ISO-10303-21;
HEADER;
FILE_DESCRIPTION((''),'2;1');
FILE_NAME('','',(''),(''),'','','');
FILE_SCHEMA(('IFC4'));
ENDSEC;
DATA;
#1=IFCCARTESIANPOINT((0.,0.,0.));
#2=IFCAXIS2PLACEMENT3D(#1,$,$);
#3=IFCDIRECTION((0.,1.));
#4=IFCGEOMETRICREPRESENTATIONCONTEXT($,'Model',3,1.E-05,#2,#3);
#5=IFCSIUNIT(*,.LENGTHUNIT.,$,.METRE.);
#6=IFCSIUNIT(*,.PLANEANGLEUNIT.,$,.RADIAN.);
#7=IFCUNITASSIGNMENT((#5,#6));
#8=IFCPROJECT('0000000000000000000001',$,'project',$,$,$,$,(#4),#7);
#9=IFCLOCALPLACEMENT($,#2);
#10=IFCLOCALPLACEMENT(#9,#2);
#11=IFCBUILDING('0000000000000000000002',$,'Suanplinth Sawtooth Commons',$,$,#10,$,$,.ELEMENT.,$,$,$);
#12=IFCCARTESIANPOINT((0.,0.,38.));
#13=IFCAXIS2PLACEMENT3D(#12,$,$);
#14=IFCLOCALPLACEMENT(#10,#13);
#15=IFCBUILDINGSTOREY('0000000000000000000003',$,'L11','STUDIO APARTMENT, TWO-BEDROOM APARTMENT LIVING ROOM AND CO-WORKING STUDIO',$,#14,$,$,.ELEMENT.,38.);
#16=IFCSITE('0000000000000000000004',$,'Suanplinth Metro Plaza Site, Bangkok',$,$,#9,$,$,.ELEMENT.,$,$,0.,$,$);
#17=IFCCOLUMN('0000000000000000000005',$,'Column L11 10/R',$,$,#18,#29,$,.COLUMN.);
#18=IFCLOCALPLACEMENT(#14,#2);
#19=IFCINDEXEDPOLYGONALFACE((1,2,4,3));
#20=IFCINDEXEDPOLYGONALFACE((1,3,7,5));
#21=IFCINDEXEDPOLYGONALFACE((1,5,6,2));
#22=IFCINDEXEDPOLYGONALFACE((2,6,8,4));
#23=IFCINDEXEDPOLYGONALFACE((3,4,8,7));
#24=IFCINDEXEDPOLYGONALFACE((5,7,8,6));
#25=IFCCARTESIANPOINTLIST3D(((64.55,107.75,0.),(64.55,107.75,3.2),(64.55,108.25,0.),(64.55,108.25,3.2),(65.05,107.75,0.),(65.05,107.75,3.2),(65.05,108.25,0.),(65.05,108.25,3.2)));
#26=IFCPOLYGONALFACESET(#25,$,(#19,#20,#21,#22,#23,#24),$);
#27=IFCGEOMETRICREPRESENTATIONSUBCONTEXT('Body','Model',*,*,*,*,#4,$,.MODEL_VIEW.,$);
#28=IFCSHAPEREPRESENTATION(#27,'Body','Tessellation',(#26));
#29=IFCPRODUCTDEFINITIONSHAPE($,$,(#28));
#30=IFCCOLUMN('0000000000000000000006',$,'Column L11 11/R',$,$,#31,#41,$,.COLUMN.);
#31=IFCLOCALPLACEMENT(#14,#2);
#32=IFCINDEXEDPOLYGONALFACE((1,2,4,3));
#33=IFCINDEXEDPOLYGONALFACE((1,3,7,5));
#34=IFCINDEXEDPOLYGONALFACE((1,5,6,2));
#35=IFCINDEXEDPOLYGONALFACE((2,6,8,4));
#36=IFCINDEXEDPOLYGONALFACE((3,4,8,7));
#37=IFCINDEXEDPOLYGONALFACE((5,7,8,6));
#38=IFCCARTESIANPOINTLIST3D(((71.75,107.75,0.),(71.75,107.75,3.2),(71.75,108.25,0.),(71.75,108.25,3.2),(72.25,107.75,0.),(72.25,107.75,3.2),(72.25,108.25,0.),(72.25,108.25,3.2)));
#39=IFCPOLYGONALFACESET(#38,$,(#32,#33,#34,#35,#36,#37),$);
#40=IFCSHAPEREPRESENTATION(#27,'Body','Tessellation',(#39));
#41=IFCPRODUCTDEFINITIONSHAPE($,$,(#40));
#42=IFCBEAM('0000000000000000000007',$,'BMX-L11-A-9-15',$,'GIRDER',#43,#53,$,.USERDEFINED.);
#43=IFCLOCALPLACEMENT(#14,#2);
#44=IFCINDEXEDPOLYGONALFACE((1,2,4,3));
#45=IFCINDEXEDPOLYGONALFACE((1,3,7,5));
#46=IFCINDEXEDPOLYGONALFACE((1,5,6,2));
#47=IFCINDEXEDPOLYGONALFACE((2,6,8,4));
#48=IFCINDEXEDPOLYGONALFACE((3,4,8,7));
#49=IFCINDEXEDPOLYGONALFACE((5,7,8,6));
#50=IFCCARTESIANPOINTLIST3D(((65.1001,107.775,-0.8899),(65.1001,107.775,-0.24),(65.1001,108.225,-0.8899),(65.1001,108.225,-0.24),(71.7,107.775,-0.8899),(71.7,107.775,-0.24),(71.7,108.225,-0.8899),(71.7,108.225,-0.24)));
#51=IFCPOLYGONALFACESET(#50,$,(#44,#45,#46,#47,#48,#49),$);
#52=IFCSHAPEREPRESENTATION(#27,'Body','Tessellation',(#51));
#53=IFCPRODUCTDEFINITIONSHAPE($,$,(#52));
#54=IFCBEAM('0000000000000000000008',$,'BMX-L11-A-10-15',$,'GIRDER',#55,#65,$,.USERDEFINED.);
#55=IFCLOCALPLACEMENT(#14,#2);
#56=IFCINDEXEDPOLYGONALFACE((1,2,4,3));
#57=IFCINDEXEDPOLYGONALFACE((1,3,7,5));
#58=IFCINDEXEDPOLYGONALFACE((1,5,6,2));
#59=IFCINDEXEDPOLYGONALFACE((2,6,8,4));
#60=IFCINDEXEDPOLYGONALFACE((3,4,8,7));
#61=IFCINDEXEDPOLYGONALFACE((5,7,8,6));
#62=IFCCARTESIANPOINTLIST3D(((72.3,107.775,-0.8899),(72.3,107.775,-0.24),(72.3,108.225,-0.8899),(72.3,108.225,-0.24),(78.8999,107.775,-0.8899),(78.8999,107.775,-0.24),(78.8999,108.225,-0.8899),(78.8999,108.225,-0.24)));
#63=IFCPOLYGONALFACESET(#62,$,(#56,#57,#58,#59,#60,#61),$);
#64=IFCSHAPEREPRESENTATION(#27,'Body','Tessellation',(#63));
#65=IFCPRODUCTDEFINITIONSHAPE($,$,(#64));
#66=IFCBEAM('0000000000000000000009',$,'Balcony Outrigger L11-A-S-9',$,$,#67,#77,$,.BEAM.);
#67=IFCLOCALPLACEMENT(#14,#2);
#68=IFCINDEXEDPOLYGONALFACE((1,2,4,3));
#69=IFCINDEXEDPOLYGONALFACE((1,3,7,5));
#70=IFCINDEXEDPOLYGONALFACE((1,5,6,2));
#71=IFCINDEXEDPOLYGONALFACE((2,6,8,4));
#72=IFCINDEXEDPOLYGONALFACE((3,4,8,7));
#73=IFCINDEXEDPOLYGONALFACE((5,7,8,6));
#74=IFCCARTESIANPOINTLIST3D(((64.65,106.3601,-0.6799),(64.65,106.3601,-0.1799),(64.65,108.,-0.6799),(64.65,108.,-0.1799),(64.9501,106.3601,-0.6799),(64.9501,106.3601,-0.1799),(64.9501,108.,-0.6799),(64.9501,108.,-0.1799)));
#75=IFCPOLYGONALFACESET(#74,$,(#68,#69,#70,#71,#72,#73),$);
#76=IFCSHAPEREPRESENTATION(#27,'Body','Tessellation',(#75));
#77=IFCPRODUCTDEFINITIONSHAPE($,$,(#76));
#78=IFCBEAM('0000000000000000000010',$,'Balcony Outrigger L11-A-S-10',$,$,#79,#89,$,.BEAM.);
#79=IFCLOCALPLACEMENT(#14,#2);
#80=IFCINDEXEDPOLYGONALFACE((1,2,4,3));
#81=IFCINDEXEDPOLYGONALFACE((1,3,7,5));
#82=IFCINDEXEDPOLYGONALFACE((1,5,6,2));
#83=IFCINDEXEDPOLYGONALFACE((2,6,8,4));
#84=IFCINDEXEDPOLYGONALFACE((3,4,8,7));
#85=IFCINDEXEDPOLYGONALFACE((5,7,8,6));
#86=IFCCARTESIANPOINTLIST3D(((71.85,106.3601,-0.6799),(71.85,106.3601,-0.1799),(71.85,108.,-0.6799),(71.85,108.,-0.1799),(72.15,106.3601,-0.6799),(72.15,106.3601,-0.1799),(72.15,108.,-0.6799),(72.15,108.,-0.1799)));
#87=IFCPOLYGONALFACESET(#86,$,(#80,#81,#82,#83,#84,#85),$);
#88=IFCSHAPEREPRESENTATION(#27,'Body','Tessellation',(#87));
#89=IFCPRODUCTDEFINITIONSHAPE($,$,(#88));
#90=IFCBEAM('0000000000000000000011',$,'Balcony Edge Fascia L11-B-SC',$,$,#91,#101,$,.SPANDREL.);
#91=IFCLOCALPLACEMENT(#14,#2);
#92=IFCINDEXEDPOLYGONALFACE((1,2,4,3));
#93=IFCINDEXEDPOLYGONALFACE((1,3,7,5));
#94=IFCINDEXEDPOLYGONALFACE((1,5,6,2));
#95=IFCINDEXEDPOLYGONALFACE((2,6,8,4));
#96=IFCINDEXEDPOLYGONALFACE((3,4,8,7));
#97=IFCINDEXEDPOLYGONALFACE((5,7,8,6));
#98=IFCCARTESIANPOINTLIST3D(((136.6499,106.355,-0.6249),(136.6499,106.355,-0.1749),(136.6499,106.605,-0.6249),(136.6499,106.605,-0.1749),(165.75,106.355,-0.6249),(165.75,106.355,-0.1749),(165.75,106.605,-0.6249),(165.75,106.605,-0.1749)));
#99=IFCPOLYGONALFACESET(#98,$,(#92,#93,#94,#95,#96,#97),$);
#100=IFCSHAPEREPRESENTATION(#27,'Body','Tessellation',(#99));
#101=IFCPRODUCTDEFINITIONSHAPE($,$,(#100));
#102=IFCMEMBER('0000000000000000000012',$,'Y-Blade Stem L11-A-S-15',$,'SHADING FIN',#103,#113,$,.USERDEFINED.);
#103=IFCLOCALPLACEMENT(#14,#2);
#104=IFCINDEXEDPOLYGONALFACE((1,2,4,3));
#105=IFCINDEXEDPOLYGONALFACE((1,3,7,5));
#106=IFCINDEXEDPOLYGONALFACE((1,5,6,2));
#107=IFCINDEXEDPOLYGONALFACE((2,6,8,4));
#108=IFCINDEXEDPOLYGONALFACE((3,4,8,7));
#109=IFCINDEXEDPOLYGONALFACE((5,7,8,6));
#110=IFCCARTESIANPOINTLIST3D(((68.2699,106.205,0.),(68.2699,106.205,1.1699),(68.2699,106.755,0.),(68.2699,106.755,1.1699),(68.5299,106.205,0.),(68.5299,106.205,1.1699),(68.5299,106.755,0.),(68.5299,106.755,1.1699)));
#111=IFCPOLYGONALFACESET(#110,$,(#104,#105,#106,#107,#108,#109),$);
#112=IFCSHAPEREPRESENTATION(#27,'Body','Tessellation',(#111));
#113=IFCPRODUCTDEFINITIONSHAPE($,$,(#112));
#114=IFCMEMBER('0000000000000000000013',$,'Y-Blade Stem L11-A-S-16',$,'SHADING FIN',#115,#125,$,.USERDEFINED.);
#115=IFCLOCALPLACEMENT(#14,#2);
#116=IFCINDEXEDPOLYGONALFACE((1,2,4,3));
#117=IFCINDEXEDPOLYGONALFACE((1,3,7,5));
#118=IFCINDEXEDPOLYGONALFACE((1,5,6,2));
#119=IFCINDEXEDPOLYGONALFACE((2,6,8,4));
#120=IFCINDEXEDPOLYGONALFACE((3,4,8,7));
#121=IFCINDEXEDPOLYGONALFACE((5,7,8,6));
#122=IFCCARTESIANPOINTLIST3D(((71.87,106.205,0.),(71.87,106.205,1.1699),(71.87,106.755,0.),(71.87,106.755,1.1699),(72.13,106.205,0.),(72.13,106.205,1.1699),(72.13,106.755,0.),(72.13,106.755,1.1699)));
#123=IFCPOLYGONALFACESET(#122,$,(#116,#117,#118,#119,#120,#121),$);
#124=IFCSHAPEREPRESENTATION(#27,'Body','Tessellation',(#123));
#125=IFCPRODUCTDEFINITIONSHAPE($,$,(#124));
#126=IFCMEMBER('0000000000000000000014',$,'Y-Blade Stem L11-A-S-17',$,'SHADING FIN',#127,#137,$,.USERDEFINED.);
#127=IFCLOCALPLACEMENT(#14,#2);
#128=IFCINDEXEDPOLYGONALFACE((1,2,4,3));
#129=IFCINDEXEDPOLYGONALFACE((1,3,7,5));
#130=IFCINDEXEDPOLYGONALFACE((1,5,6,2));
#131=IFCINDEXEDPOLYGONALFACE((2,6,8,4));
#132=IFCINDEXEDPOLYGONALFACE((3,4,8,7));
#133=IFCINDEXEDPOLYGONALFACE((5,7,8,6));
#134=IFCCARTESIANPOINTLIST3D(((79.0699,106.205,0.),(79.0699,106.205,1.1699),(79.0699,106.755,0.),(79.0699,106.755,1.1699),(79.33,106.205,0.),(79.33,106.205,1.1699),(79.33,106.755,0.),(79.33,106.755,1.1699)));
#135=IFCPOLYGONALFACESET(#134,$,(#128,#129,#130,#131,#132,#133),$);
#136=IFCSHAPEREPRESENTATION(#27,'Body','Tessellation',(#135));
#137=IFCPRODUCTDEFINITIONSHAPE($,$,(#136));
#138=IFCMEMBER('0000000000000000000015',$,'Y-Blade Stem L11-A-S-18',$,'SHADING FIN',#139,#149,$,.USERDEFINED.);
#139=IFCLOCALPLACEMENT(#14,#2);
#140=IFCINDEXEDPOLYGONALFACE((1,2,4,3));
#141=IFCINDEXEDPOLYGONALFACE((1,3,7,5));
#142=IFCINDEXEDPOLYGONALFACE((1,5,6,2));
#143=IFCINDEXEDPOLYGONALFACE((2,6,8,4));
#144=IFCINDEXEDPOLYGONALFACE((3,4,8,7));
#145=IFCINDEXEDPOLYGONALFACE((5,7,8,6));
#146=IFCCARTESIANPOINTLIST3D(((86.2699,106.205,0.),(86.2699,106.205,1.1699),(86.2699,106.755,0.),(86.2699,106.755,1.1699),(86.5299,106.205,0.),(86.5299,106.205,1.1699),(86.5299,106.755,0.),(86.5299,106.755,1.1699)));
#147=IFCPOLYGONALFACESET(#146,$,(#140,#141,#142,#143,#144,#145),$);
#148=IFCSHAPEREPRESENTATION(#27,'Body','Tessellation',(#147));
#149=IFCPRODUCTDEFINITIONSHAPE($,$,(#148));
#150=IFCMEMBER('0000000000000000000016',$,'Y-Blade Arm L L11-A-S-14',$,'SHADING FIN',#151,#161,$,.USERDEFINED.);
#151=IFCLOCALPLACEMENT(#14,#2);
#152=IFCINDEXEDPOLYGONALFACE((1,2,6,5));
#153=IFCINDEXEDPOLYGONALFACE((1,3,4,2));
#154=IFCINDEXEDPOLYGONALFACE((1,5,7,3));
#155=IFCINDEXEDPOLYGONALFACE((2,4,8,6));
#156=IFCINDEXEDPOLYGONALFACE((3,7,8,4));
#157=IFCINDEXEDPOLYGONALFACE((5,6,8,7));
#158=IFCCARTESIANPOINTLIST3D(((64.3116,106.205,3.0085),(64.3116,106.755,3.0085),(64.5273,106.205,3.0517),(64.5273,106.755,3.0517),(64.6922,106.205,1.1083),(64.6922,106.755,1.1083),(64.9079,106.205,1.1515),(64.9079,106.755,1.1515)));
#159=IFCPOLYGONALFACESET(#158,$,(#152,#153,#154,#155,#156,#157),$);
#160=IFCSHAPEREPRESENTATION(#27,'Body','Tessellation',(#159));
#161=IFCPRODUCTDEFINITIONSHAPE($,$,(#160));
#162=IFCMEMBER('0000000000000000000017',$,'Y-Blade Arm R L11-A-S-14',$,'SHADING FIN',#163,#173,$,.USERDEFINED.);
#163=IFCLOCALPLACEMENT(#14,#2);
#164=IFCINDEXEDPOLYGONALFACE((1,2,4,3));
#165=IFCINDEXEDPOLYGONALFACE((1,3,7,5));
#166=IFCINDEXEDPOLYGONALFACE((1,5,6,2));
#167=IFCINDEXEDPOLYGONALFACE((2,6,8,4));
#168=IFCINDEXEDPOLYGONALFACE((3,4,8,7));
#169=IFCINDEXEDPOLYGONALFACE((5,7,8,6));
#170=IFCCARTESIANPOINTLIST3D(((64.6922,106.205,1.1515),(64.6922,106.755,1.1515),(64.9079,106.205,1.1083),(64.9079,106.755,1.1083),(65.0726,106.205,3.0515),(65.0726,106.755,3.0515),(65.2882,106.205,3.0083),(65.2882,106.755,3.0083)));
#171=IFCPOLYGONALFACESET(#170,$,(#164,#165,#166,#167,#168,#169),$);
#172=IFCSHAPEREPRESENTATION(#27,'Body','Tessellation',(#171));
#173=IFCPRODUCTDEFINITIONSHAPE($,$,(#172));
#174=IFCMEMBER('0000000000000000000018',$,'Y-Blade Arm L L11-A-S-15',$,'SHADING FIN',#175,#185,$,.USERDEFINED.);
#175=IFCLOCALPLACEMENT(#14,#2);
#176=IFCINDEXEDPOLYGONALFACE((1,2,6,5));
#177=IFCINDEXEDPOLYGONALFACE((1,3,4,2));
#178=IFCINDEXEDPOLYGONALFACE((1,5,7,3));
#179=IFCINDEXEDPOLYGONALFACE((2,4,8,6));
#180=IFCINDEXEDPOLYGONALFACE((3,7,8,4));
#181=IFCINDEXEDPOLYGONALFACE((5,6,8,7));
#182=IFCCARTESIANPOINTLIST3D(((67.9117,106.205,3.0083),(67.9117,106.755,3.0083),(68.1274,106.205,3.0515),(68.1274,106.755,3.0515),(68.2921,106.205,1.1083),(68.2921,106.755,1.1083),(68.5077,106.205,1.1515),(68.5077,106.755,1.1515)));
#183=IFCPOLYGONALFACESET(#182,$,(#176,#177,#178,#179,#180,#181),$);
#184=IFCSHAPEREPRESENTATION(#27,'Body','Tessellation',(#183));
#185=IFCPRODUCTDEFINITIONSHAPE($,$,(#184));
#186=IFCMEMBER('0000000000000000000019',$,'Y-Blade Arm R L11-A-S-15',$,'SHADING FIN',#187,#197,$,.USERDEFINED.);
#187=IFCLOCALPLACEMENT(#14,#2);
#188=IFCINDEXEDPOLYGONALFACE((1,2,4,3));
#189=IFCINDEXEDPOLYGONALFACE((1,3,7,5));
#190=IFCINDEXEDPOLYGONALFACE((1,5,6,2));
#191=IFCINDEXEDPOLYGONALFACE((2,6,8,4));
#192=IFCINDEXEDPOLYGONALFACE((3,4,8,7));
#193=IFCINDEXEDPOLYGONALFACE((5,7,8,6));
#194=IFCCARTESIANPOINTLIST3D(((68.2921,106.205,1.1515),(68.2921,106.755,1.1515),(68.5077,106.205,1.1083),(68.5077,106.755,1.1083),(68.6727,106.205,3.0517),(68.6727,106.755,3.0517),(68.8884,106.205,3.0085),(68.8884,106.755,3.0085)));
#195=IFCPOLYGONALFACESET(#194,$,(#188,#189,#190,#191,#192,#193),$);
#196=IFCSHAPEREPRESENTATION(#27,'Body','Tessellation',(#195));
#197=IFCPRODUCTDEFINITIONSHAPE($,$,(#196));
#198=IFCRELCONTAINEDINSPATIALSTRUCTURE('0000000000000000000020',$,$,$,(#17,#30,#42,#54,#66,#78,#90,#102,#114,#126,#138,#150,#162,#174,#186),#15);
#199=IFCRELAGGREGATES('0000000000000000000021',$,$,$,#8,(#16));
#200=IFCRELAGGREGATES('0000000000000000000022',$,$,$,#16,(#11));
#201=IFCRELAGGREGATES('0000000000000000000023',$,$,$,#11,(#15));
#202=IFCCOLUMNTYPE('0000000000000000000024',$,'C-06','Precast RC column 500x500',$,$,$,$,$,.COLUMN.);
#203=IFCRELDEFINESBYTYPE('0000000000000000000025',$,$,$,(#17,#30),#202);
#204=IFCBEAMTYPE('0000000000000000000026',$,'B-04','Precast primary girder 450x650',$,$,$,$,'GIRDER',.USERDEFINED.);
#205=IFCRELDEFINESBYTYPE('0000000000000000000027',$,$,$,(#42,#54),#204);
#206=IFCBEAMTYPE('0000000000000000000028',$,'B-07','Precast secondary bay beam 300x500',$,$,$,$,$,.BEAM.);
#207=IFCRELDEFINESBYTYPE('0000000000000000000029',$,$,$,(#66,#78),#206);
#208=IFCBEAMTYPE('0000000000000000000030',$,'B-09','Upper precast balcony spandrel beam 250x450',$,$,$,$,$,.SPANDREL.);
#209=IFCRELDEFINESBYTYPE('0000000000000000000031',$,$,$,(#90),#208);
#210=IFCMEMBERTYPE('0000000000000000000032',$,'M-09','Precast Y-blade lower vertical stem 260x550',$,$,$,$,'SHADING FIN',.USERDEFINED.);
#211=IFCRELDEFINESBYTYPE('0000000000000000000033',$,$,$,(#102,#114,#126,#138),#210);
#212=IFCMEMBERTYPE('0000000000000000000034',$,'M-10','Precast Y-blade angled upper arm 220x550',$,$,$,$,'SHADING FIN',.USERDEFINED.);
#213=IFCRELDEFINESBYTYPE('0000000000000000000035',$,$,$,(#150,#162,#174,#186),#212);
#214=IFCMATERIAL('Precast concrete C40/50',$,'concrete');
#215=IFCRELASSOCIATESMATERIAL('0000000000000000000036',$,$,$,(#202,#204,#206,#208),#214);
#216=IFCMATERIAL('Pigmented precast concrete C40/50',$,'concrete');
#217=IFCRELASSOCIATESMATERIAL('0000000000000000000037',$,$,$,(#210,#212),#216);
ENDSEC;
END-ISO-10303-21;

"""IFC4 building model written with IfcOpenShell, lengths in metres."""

from ifc_helpers import new_model, si_unit, direction, frame, origin, origin_2d, place, context, subcontext, project, spatial, rectangle, extrude, material, material_profile, profile_set, type_object, element, save


model = new_model("IFC4")

# Units and contexts
model_context = context("Model", 3, precision=1e-05, world=origin(), true_north=direction((0.0, 1.0)))
body_context = subcontext(model_context, "Body", "Model", "MODEL_VIEW")
ifc_project = project(units=[si_unit("LENGTHUNIT", "METRE"), si_unit("PLANEANGLEUNIT", "RADIAN")], contexts=[model_context])

# Site, building, storey
site_placement = place(None, origin())
site = spatial("IfcSite", under=ifc_project, at=site_placement, Name="Suanplinth Metro Plaza Site, Bangkok", CompositionType="ELEMENT", RefElevation=0.0)
building_placement = place(site_placement, origin())
building = spatial("IfcBuilding", under=site, at=building_placement, Name="Suanplinth Sawtooth Commons", CompositionType="ELEMENT")
storey_placement = place(building_placement, frame((0.0, 0.0, 38.0)))
storey = spatial("IfcBuildingStorey", under=building, at=storey_placement, Name="L11", Description="STUDIO APARTMENT, TWO-BEDROOM APARTMENT LIVING ROOM AND CO-WORKING STUDIO", CompositionType="ELEMENT", Elevation=38.0)

# Columns
ifc_material_1 = material(Name="Precast concrete C40/50", Category="concrete")
ifc_material_profile_1 = material_profile(ifc_material_1, rectangle(XDim=0.5, YDim=0.5, at=origin_2d()), Name="PC-COL 500x500")
ifc_profile_set_1 = profile_set([ifc_material_profile_1], Name="Precast concrete C40/50")
column_type = type_object("IfcColumnType", Name="C-06", Description="Precast RC column 500x500", PredefinedType="COLUMN", material=ifc_profile_set_1)
for number, where, z_axis, x_axis, name in (
    (1, (64.8, 108.0, 0.0), (0.0, 0.0, 1.0), (1.0, 0.0, 0.0), "Column L11 10/R"),
    (2, (72.0, 108.0, 0.0), (0.0, 0.0, 1.0), (1.0, 0.0, 0.0), "Column L11 11/R"),
):
    element("IfcColumn", number, at=place(storey_placement, frame(where, z_axis=z_axis, x_axis=x_axis)), inside=storey, type_object=column_type, Name=name, PredefinedType="COLUMN", context=body_context, shape_type="SweptSolid", body=[
        extrude(rectangle(XDim=0.5, YDim=0.5, at=origin_2d()), origin(), (0.0, 0.0, 1.0), 3.2),
    ])

# Beams
ifc_material_profile_2 = material_profile(ifc_material_1, rectangle(XDim=0.45, YDim=0.6499, at=origin_2d()), Name="PC-GDR 450x650")
ifc_profile_set_2 = profile_set([ifc_material_profile_2], Name="Precast concrete C40/50")
beam_type_1 = type_object("IfcBeamType", Name="B-04", Description="Precast primary girder 450x650", ElementType="GIRDER", PredefinedType="USERDEFINED", material=ifc_profile_set_2)
for number, where, z_axis, x_axis, name in (
    (3, (65.1001, 108.0, -0.5649), (1.0, 0.0, 0.0), (0.0, 1.0, 0.0), "BMX-L11-A-9-15"),
    (4, (72.3, 108.0, -0.5649), (1.0, 0.0, 0.0), (0.0, 1.0, 0.0), "BMX-L11-A-10-15"),
):
    element("IfcBeam", number, at=place(storey_placement, frame(where, z_axis=z_axis, x_axis=x_axis)), inside=storey, type_object=beam_type_1, Name=name, ObjectType="GIRDER", PredefinedType="USERDEFINED", context=body_context, shape_type="SweptSolid", body=[
        extrude(rectangle(XDim=0.45, YDim=0.6499, at=origin_2d()), origin(), (0.0, 0.0, 1.0), 6.5999),
    ])
ifc_material_profile_3 = material_profile(ifc_material_1, rectangle(XDim=0.3, YDim=0.5, at=origin_2d()), Name="PC-BM 300x500")
ifc_profile_set_3 = profile_set([ifc_material_profile_3], Name="Precast concrete C40/50")
beam_type_2 = type_object("IfcBeamType", Name="B-07", Description="Precast secondary bay beam 300x500", PredefinedType="BEAM", material=ifc_profile_set_3)
for number, where, z_axis, x_axis, name in (
    (5, (64.8, 108.0, -0.4299), (0.0, -1.0, 0.0), (1.0, 0.0, 0.0), "Balcony Outrigger L11-A-S-9"),
    (6, (72.0, 108.0, -0.4299), (0.0, -1.0, 0.0), (1.0, 0.0, 0.0), "Balcony Outrigger L11-A-S-10"),
):
    element("IfcBeam", number, at=place(storey_placement, frame(where, z_axis=z_axis, x_axis=x_axis)), inside=storey, type_object=beam_type_2, Name=name, PredefinedType="BEAM", context=body_context, shape_type="SweptSolid", body=[
        extrude(rectangle(XDim=0.3, YDim=0.5, at=origin_2d()), origin(), (0.0, 0.0, 1.0), 1.6399),
    ])
ifc_material_profile_4 = material_profile(ifc_material_1, rectangle(XDim=0.25, YDim=0.45, at=origin_2d()), Name="PC-SP 250x450")
ifc_profile_set_4 = profile_set([ifc_material_profile_4], Name="Precast concrete C40/50")
beam_type_3 = type_object("IfcBeamType", Name="B-09", Description="Upper precast balcony spandrel beam 250x450", PredefinedType="SPANDREL", material=ifc_profile_set_4)
beam_placement = place(storey_placement, frame((136.6499, 106.48, -0.3999), z_axis=(1.0, 0.0, 0.0), x_axis=(0.0, 1.0, 0.0)))
element("IfcBeam", 7, at=beam_placement, inside=storey, type_object=beam_type_3, Name="Balcony Edge Fascia L11-B-SC", PredefinedType="SPANDREL", context=body_context, shape_type="SweptSolid", body=[
    extrude(rectangle(XDim=0.25, YDim=0.45, at=origin_2d()), origin(), (0.0, 0.0, 1.0), 29.1001),
])

# Members
ifc_material_2 = material(Name="Pigmented precast concrete C40/50", Category="concrete")
ifc_material_profile_5 = material_profile(ifc_material_2, rectangle(XDim=0.26, YDim=0.55, at=origin_2d()), Name="PC-FIN 260x550")
ifc_profile_set_5 = profile_set([ifc_material_profile_5], Name="Pigmented precast concrete C40/50")
member_type_1 = type_object("IfcMemberType", Name="M-09", Description="Precast Y-blade lower vertical stem 260x550", ElementType="SHADING FIN", PredefinedType="USERDEFINED", material=ifc_profile_set_5)
for number, where, z_axis, x_axis, name in (
    (8, (68.3999, 106.48, 0.0), (0.0, 0.0, 1.0), (1.0, 0.0, 0.0), "Y-Blade Stem L11-A-S-15"),
    (9, (72.0, 106.48, 0.0), (0.0, 0.0, 1.0), (1.0, 0.0, 0.0), "Y-Blade Stem L11-A-S-16"),
    (10, (79.2, 106.48, 0.0), (0.0, 0.0, 1.0), (1.0, 0.0, 0.0), "Y-Blade Stem L11-A-S-17"),
    (11, (86.3999, 106.48, 0.0), (0.0, 0.0, 1.0), (1.0, 0.0, 0.0), "Y-Blade Stem L11-A-S-18"),
):
    element("IfcMember", number, at=place(storey_placement, frame(where, z_axis=z_axis, x_axis=x_axis)), inside=storey, type_object=member_type_1, Name=name, ObjectType="SHADING FIN", PredefinedType="USERDEFINED", context=body_context, shape_type="SweptSolid", body=[
        extrude(rectangle(XDim=0.26, YDim=0.55, at=origin_2d()), origin(), (0.0, 0.0, 1.0), 1.1699),
    ])
ifc_material_profile_6 = material_profile(ifc_material_2, rectangle(XDim=0.22, YDim=0.55, at=origin_2d()), Name="PC-FIN 220x550")
ifc_profile_set_6 = profile_set([ifc_material_profile_6], Name="Pigmented precast concrete C40/50")
member_type_2 = type_object("IfcMemberType", Name="M-10", Description="Precast Y-blade angled upper arm 220x550", ElementType="SHADING FIN", PredefinedType="USERDEFINED", material=ifc_profile_set_6)
member_1_placement = place(storey_placement, frame((64.8, 106.48, 1.1299), z_axis=(-0.196407, 0.0, 0.980522), x_axis=(0.980522, 0.0, 0.196407)))
element("IfcMember", 12, at=member_1_placement, inside=storey, type_object=member_type_2, Name="Y-Blade Arm L L11-A-S-14", ObjectType="SHADING FIN", PredefinedType="USERDEFINED", context=body_context, shape_type="SweptSolid", body=[
    extrude(rectangle(XDim=0.22, YDim=0.55, at=origin_2d()), origin(), (0.0, 0.0, 1.0), 1.938),
])
for number, where, z_axis, x_axis, name in (
    (13, (64.8, 106.48, 1.1299), (0.196286, 0.0, 0.980547), (-0.980547, 0.0, 0.196286), "Y-Blade Arm R L11-A-S-14"),
    (14, (68.3999, 106.48, 1.1299), (-0.196286, 0.0, 0.980547), (0.980547, 0.0, 0.196286), "Y-Blade Arm L L11-A-S-15"),
):
    element("IfcMember", number, at=place(storey_placement, frame(where, z_axis=z_axis, x_axis=x_axis)), inside=storey, type_object=member_type_2, Name=name, ObjectType="SHADING FIN", PredefinedType="USERDEFINED", context=body_context, shape_type="SweptSolid", body=[
        extrude(rectangle(XDim=0.22, YDim=0.55, at=origin_2d()), origin(), (0.0, 0.0, 1.0), 1.9377),
    ])
for number, where, z_axis, x_axis, name in (
    (15, (68.3999, 106.48, 1.1299), (0.196407, 0.0, 0.980522), (-0.980522, 0.0, 0.196407), "Y-Blade Arm R L11-A-S-15"),
):
    element("IfcMember", number, at=place(storey_placement, frame(where, z_axis=z_axis, x_axis=x_axis)), inside=storey, type_object=member_type_2, Name=name, ObjectType="SHADING FIN", PredefinedType="USERDEFINED", context=body_context, shape_type="SweptSolid", body=[
        extrude(rectangle(XDim=0.22, YDim=0.55, at=origin_2d()), origin(), (0.0, 0.0, 1.0), 1.938),
    ])

save(model, "model.ifc")
